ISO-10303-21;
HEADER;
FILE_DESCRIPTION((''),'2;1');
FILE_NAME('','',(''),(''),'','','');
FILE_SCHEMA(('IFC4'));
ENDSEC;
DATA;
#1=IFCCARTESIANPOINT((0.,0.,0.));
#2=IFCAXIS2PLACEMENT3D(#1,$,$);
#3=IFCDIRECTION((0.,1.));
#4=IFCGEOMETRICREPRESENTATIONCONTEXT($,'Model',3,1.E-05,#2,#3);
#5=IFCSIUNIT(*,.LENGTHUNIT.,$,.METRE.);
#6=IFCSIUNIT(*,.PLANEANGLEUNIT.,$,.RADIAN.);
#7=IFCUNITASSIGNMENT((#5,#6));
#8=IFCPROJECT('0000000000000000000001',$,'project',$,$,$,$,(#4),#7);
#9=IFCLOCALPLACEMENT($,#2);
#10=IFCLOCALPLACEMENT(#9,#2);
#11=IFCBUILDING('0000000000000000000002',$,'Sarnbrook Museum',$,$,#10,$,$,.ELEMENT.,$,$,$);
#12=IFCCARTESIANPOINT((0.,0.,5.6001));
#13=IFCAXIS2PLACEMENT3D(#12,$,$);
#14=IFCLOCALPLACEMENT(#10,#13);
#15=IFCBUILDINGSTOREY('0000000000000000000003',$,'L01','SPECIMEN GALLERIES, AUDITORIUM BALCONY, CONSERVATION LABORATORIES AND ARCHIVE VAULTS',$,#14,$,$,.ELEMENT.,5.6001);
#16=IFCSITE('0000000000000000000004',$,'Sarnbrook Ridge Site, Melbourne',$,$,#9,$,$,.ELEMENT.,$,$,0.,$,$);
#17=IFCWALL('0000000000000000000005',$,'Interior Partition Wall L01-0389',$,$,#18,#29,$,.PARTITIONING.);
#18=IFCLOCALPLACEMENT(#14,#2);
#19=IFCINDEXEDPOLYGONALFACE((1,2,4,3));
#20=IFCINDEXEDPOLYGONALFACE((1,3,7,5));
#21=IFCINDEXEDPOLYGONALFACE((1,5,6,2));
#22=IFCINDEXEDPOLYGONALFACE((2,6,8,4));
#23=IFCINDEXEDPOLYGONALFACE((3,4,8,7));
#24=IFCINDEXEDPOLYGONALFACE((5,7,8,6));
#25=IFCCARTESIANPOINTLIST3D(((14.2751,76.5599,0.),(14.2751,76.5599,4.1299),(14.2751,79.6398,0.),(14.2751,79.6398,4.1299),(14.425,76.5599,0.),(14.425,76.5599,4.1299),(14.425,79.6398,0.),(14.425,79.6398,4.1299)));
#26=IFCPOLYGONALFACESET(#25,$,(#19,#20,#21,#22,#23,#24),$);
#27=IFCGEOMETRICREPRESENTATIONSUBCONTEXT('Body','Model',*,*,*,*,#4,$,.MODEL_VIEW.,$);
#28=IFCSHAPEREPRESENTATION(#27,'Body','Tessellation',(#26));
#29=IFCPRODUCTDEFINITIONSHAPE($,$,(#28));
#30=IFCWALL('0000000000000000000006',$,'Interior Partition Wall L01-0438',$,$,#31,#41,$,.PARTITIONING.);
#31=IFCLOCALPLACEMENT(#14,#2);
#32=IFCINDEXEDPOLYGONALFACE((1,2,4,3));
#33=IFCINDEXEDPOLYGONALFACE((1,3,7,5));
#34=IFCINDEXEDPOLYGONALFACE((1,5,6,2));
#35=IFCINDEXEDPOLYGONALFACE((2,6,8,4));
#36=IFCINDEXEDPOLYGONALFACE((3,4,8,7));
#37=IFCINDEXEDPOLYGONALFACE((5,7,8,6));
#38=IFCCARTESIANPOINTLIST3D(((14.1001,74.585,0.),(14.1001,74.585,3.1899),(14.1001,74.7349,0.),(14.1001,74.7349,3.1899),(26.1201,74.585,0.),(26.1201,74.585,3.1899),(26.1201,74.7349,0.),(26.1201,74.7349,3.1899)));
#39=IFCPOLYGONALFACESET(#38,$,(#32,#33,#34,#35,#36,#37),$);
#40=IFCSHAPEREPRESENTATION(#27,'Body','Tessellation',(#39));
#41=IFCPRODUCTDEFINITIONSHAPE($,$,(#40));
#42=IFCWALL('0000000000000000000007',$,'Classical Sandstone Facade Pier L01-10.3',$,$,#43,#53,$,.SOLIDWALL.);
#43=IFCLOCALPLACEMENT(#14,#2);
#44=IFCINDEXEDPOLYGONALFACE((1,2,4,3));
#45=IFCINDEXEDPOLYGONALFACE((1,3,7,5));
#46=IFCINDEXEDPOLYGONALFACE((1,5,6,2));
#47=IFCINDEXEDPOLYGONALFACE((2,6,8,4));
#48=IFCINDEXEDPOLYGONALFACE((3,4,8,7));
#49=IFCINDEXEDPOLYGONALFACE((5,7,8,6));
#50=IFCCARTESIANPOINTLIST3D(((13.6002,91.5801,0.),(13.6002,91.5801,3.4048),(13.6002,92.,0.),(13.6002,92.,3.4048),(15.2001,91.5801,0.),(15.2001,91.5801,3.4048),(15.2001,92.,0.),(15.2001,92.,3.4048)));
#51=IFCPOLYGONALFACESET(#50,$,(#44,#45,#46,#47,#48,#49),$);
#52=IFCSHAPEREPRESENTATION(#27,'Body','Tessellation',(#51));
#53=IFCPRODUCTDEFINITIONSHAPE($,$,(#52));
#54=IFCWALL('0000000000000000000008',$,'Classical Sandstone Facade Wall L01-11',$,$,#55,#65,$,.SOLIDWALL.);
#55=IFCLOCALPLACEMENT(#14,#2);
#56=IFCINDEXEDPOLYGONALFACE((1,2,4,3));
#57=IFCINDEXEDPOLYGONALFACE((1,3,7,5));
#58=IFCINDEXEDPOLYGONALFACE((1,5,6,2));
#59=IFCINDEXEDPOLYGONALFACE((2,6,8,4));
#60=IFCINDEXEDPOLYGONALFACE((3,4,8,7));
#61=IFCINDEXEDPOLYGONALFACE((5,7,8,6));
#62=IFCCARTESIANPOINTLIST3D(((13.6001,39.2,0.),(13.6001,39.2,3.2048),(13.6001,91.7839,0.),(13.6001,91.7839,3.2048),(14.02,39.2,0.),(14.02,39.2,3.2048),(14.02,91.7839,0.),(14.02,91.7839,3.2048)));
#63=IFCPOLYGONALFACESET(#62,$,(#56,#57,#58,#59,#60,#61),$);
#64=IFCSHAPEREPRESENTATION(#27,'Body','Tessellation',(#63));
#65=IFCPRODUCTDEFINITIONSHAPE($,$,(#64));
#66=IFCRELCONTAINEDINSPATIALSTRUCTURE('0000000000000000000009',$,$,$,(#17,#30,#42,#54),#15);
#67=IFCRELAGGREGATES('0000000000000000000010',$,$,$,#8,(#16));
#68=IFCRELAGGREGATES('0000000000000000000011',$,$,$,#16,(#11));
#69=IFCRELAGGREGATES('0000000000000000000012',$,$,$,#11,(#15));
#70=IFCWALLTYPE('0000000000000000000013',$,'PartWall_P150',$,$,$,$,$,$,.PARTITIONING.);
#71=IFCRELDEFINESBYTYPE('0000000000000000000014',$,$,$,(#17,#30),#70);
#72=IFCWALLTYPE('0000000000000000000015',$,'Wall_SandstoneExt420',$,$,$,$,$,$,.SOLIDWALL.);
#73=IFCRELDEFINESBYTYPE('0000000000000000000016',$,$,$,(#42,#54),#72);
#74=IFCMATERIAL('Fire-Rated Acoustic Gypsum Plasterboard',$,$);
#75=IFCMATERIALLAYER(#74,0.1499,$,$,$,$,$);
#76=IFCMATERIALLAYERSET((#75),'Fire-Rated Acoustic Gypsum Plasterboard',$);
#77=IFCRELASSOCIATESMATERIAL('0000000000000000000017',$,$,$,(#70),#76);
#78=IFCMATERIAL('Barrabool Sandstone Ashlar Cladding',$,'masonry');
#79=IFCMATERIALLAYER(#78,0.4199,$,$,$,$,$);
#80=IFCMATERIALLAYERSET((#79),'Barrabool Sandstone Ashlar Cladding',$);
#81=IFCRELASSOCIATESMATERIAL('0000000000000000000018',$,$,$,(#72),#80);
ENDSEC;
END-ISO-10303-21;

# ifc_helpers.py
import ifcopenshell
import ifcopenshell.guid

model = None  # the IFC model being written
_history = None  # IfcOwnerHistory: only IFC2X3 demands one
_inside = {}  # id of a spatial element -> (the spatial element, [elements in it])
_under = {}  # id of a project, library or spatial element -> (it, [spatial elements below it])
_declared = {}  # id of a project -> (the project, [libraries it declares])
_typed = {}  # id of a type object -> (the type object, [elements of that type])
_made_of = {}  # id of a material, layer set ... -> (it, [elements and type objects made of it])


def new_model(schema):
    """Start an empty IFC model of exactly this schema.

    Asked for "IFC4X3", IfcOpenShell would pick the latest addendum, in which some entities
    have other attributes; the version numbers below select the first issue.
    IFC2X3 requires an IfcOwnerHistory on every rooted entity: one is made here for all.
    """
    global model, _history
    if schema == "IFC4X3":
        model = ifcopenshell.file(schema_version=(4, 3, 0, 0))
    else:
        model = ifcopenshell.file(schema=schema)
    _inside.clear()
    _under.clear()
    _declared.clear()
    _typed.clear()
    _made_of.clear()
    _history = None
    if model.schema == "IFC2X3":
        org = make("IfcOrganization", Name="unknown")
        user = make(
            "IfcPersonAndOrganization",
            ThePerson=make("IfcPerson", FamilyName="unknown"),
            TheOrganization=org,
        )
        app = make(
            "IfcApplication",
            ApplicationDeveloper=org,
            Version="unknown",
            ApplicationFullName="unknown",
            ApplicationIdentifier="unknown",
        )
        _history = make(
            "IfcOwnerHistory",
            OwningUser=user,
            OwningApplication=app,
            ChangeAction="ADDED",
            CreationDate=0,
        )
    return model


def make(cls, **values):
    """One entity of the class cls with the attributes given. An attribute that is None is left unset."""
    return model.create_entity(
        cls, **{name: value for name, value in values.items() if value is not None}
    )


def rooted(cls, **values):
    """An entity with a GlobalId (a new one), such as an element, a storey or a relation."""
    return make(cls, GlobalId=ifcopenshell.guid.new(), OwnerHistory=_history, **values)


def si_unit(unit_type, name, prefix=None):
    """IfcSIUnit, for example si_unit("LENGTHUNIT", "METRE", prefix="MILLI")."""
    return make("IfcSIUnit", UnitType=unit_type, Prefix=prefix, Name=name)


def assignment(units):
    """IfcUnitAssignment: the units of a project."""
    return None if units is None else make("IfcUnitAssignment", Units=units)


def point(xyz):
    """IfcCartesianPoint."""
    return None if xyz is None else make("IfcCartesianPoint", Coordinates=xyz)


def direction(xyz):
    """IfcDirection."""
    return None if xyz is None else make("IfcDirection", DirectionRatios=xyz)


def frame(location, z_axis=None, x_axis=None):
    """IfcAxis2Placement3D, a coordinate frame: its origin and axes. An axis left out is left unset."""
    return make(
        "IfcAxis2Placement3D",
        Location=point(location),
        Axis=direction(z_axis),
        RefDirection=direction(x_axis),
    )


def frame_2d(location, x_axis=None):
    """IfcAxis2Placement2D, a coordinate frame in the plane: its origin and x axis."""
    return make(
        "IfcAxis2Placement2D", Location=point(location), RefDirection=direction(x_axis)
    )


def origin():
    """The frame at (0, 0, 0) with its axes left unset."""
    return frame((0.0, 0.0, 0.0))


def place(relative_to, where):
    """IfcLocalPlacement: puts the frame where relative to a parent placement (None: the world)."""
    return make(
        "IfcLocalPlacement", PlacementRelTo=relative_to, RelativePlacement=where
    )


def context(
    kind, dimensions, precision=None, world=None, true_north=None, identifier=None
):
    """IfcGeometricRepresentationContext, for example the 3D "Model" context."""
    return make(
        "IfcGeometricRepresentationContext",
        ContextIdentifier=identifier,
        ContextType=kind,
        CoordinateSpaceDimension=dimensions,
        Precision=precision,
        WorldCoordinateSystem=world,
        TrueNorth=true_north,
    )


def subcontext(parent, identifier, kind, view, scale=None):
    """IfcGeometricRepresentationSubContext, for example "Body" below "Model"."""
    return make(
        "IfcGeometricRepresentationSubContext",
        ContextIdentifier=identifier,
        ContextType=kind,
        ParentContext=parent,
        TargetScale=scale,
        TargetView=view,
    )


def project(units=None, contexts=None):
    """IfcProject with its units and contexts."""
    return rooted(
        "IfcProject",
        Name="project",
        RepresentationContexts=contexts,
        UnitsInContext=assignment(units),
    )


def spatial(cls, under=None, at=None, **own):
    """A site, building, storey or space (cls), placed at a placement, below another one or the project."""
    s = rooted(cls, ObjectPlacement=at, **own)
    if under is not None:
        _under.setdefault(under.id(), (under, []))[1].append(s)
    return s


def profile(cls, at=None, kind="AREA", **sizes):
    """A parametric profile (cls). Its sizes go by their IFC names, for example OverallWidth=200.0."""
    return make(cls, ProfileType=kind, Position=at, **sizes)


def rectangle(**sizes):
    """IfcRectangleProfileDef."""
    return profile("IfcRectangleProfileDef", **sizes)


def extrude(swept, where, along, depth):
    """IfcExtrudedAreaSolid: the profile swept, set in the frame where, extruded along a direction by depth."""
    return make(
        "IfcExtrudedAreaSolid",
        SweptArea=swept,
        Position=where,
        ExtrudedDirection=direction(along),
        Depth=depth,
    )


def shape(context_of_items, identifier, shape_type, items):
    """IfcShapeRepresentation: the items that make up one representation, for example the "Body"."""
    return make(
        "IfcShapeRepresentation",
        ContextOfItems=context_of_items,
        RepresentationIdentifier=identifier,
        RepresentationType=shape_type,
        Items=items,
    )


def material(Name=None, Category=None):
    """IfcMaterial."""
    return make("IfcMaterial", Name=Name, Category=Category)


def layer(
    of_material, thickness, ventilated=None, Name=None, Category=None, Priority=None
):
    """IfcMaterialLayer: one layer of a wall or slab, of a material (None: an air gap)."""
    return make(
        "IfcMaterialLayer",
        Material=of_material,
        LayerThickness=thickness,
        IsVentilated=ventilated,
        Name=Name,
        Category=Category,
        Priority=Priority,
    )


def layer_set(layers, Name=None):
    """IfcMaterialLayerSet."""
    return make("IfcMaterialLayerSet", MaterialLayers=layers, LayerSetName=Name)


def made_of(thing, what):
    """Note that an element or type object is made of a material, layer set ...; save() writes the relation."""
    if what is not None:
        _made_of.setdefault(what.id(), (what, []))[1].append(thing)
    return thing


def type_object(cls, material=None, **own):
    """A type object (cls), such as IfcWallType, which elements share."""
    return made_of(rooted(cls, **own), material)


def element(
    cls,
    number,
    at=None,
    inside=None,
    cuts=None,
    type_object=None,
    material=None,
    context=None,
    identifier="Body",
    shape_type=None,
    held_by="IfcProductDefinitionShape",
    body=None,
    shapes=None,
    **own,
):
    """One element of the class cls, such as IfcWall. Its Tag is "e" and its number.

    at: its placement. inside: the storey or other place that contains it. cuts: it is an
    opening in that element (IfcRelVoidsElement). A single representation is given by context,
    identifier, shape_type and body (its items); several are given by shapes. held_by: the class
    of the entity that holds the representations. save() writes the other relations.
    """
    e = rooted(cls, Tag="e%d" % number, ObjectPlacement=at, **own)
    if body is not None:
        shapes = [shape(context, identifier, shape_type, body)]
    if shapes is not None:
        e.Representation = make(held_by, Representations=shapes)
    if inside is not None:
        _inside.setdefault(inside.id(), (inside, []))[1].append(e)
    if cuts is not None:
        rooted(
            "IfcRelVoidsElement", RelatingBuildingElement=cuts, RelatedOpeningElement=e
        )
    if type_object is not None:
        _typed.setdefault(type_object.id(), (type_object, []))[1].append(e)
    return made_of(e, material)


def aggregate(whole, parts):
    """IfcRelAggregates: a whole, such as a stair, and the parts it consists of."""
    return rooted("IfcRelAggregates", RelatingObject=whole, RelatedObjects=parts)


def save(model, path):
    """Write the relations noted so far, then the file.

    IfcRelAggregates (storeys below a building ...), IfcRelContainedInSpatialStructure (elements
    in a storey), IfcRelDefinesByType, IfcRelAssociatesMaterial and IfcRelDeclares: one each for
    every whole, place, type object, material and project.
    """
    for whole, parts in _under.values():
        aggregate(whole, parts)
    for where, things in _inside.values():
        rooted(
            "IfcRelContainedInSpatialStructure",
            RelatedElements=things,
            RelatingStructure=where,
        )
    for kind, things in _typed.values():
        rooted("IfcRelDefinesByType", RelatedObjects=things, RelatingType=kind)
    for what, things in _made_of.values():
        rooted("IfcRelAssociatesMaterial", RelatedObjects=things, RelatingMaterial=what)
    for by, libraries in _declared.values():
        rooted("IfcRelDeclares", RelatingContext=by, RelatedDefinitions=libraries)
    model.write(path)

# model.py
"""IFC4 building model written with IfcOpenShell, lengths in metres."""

from ifc_helpers import new_model, si_unit, direction, frame, frame_2d, origin, place, context, subcontext, project, spatial, rectangle, extrude, material, layer, layer_set, type_object, element, save


model = new_model("IFC4")

# Units and contexts
model_context = context("Model", 3, precision=1e-05, world=origin(), true_north=direction((0.0, 1.0)))
body_context = subcontext(model_context, "Body", "Model", "MODEL_VIEW")
ifc_project = project(units=[si_unit("LENGTHUNIT", "METRE"), si_unit("PLANEANGLEUNIT", "RADIAN")], contexts=[model_context])

# Site, building, storey
site_placement = place(None, origin())
site = spatial("IfcSite", under=ifc_project, at=site_placement, Name="Sarnbrook Ridge Site, Melbourne", CompositionType="ELEMENT", RefElevation=0.0)
building_placement = place(site_placement, origin())
building = spatial("IfcBuilding", under=site, at=building_placement, Name="Sarnbrook Museum", CompositionType="ELEMENT")
storey_placement = place(building_placement, frame((0.0, 0.0, 5.6001)))
storey = spatial("IfcBuildingStorey", under=building, at=storey_placement, Name="L01", Description="SPECIMEN GALLERIES, AUDITORIUM BALCONY, CONSERVATION LABORATORIES AND ARCHIVE VAULTS", CompositionType="ELEMENT", Elevation=5.6001)

# Walls
ifc_material_1 = material(Name="Fire-Rated Acoustic Gypsum Plasterboard")
ifc_layer_1 = layer(ifc_material_1, 0.1499)
ifc_layer_set_1 = layer_set([ifc_layer_1], Name="Fire-Rated Acoustic Gypsum Plasterboard")
wall_type_1 = type_object("IfcWallType", Name="PartWall_P150", PredefinedType="PARTITIONING", material=ifc_layer_set_1)
wall_1_placement = place(storey_placement, frame((14.3501, 79.6399, 0.0), z_axis=(0.0, 0.0, 1.0), x_axis=(0.0, -1.0, 0.0)))
element("IfcWall", 1, at=wall_1_placement, inside=storey, type_object=wall_type_1, Name="Interior Partition Wall L01-0389", PredefinedType="PARTITIONING", context=body_context, shape_type="SweptSolid", body=[
    extrude(rectangle(XDim=3.0798, YDim=0.1499, at=frame_2d((1.54, 0.0))), origin(), (0.0, 0.0, 1.0), 4.1299),
])
wall_2_placement = place(storey_placement, frame((14.1001, 74.6599, 0.0), z_axis=(0.0, 0.0, 1.0), x_axis=(1.0, 0.0, 0.0)))
element("IfcWall", 2, at=wall_2_placement, inside=storey, type_object=wall_type_1, Name="Interior Partition Wall L01-0438", PredefinedType="PARTITIONING", context=body_context, shape_type="SweptSolid", body=[
    extrude(rectangle(XDim=12.02, YDim=0.1499, at=frame_2d((6.01, 0.0))), origin(), (0.0, 0.0, 1.0), 3.1899),
])
ifc_material_2 = material(Name="Barrabool Sandstone Ashlar Cladding", Category="masonry")
ifc_layer_2 = layer(ifc_material_2, 0.4199)
ifc_layer_set_2 = layer_set([ifc_layer_2], Name="Barrabool Sandstone Ashlar Cladding")
wall_type_2 = type_object("IfcWallType", Name="Wall_SandstoneExt420", PredefinedType="SOLIDWALL", material=ifc_layer_set_2)
wall_3_placement = place(storey_placement, frame((15.2, 91.79, 0.0), z_axis=(0.0, 0.0, 1.0), x_axis=(-1.0, 0.0, 0.0)))
element("IfcWall", 3, at=wall_3_placement, inside=storey, type_object=wall_type_2, Name="Classical Sandstone Facade Pier L01-10.3", PredefinedType="SOLIDWALL", context=body_context, shape_type="SweptSolid", body=[
    extrude(rectangle(XDim=1.5999, YDim=0.4199, at=frame_2d((0.7998, 0.0))), origin(), (0.0, 0.0, 1.0), 3.4048),
])
wall_4_placement = place(storey_placement, frame((13.8101, 91.7839, 0.0), z_axis=(0.0, 0.0, 1.0), x_axis=(0.0, -1.0, 0.0)))
element("IfcWall", 4, at=wall_4_placement, inside=storey, type_object=wall_type_2, Name="Classical Sandstone Facade Wall L01-11", PredefinedType="SOLIDWALL", context=body_context, shape_type="SweptSolid", body=[
    extrude(rectangle(XDim=52.584, YDim=0.4199, at=frame_2d((26.292, 0.0))), origin(), (0.0, 0.0, 1.0), 3.2048),
])

save(model, "model.ifc")
